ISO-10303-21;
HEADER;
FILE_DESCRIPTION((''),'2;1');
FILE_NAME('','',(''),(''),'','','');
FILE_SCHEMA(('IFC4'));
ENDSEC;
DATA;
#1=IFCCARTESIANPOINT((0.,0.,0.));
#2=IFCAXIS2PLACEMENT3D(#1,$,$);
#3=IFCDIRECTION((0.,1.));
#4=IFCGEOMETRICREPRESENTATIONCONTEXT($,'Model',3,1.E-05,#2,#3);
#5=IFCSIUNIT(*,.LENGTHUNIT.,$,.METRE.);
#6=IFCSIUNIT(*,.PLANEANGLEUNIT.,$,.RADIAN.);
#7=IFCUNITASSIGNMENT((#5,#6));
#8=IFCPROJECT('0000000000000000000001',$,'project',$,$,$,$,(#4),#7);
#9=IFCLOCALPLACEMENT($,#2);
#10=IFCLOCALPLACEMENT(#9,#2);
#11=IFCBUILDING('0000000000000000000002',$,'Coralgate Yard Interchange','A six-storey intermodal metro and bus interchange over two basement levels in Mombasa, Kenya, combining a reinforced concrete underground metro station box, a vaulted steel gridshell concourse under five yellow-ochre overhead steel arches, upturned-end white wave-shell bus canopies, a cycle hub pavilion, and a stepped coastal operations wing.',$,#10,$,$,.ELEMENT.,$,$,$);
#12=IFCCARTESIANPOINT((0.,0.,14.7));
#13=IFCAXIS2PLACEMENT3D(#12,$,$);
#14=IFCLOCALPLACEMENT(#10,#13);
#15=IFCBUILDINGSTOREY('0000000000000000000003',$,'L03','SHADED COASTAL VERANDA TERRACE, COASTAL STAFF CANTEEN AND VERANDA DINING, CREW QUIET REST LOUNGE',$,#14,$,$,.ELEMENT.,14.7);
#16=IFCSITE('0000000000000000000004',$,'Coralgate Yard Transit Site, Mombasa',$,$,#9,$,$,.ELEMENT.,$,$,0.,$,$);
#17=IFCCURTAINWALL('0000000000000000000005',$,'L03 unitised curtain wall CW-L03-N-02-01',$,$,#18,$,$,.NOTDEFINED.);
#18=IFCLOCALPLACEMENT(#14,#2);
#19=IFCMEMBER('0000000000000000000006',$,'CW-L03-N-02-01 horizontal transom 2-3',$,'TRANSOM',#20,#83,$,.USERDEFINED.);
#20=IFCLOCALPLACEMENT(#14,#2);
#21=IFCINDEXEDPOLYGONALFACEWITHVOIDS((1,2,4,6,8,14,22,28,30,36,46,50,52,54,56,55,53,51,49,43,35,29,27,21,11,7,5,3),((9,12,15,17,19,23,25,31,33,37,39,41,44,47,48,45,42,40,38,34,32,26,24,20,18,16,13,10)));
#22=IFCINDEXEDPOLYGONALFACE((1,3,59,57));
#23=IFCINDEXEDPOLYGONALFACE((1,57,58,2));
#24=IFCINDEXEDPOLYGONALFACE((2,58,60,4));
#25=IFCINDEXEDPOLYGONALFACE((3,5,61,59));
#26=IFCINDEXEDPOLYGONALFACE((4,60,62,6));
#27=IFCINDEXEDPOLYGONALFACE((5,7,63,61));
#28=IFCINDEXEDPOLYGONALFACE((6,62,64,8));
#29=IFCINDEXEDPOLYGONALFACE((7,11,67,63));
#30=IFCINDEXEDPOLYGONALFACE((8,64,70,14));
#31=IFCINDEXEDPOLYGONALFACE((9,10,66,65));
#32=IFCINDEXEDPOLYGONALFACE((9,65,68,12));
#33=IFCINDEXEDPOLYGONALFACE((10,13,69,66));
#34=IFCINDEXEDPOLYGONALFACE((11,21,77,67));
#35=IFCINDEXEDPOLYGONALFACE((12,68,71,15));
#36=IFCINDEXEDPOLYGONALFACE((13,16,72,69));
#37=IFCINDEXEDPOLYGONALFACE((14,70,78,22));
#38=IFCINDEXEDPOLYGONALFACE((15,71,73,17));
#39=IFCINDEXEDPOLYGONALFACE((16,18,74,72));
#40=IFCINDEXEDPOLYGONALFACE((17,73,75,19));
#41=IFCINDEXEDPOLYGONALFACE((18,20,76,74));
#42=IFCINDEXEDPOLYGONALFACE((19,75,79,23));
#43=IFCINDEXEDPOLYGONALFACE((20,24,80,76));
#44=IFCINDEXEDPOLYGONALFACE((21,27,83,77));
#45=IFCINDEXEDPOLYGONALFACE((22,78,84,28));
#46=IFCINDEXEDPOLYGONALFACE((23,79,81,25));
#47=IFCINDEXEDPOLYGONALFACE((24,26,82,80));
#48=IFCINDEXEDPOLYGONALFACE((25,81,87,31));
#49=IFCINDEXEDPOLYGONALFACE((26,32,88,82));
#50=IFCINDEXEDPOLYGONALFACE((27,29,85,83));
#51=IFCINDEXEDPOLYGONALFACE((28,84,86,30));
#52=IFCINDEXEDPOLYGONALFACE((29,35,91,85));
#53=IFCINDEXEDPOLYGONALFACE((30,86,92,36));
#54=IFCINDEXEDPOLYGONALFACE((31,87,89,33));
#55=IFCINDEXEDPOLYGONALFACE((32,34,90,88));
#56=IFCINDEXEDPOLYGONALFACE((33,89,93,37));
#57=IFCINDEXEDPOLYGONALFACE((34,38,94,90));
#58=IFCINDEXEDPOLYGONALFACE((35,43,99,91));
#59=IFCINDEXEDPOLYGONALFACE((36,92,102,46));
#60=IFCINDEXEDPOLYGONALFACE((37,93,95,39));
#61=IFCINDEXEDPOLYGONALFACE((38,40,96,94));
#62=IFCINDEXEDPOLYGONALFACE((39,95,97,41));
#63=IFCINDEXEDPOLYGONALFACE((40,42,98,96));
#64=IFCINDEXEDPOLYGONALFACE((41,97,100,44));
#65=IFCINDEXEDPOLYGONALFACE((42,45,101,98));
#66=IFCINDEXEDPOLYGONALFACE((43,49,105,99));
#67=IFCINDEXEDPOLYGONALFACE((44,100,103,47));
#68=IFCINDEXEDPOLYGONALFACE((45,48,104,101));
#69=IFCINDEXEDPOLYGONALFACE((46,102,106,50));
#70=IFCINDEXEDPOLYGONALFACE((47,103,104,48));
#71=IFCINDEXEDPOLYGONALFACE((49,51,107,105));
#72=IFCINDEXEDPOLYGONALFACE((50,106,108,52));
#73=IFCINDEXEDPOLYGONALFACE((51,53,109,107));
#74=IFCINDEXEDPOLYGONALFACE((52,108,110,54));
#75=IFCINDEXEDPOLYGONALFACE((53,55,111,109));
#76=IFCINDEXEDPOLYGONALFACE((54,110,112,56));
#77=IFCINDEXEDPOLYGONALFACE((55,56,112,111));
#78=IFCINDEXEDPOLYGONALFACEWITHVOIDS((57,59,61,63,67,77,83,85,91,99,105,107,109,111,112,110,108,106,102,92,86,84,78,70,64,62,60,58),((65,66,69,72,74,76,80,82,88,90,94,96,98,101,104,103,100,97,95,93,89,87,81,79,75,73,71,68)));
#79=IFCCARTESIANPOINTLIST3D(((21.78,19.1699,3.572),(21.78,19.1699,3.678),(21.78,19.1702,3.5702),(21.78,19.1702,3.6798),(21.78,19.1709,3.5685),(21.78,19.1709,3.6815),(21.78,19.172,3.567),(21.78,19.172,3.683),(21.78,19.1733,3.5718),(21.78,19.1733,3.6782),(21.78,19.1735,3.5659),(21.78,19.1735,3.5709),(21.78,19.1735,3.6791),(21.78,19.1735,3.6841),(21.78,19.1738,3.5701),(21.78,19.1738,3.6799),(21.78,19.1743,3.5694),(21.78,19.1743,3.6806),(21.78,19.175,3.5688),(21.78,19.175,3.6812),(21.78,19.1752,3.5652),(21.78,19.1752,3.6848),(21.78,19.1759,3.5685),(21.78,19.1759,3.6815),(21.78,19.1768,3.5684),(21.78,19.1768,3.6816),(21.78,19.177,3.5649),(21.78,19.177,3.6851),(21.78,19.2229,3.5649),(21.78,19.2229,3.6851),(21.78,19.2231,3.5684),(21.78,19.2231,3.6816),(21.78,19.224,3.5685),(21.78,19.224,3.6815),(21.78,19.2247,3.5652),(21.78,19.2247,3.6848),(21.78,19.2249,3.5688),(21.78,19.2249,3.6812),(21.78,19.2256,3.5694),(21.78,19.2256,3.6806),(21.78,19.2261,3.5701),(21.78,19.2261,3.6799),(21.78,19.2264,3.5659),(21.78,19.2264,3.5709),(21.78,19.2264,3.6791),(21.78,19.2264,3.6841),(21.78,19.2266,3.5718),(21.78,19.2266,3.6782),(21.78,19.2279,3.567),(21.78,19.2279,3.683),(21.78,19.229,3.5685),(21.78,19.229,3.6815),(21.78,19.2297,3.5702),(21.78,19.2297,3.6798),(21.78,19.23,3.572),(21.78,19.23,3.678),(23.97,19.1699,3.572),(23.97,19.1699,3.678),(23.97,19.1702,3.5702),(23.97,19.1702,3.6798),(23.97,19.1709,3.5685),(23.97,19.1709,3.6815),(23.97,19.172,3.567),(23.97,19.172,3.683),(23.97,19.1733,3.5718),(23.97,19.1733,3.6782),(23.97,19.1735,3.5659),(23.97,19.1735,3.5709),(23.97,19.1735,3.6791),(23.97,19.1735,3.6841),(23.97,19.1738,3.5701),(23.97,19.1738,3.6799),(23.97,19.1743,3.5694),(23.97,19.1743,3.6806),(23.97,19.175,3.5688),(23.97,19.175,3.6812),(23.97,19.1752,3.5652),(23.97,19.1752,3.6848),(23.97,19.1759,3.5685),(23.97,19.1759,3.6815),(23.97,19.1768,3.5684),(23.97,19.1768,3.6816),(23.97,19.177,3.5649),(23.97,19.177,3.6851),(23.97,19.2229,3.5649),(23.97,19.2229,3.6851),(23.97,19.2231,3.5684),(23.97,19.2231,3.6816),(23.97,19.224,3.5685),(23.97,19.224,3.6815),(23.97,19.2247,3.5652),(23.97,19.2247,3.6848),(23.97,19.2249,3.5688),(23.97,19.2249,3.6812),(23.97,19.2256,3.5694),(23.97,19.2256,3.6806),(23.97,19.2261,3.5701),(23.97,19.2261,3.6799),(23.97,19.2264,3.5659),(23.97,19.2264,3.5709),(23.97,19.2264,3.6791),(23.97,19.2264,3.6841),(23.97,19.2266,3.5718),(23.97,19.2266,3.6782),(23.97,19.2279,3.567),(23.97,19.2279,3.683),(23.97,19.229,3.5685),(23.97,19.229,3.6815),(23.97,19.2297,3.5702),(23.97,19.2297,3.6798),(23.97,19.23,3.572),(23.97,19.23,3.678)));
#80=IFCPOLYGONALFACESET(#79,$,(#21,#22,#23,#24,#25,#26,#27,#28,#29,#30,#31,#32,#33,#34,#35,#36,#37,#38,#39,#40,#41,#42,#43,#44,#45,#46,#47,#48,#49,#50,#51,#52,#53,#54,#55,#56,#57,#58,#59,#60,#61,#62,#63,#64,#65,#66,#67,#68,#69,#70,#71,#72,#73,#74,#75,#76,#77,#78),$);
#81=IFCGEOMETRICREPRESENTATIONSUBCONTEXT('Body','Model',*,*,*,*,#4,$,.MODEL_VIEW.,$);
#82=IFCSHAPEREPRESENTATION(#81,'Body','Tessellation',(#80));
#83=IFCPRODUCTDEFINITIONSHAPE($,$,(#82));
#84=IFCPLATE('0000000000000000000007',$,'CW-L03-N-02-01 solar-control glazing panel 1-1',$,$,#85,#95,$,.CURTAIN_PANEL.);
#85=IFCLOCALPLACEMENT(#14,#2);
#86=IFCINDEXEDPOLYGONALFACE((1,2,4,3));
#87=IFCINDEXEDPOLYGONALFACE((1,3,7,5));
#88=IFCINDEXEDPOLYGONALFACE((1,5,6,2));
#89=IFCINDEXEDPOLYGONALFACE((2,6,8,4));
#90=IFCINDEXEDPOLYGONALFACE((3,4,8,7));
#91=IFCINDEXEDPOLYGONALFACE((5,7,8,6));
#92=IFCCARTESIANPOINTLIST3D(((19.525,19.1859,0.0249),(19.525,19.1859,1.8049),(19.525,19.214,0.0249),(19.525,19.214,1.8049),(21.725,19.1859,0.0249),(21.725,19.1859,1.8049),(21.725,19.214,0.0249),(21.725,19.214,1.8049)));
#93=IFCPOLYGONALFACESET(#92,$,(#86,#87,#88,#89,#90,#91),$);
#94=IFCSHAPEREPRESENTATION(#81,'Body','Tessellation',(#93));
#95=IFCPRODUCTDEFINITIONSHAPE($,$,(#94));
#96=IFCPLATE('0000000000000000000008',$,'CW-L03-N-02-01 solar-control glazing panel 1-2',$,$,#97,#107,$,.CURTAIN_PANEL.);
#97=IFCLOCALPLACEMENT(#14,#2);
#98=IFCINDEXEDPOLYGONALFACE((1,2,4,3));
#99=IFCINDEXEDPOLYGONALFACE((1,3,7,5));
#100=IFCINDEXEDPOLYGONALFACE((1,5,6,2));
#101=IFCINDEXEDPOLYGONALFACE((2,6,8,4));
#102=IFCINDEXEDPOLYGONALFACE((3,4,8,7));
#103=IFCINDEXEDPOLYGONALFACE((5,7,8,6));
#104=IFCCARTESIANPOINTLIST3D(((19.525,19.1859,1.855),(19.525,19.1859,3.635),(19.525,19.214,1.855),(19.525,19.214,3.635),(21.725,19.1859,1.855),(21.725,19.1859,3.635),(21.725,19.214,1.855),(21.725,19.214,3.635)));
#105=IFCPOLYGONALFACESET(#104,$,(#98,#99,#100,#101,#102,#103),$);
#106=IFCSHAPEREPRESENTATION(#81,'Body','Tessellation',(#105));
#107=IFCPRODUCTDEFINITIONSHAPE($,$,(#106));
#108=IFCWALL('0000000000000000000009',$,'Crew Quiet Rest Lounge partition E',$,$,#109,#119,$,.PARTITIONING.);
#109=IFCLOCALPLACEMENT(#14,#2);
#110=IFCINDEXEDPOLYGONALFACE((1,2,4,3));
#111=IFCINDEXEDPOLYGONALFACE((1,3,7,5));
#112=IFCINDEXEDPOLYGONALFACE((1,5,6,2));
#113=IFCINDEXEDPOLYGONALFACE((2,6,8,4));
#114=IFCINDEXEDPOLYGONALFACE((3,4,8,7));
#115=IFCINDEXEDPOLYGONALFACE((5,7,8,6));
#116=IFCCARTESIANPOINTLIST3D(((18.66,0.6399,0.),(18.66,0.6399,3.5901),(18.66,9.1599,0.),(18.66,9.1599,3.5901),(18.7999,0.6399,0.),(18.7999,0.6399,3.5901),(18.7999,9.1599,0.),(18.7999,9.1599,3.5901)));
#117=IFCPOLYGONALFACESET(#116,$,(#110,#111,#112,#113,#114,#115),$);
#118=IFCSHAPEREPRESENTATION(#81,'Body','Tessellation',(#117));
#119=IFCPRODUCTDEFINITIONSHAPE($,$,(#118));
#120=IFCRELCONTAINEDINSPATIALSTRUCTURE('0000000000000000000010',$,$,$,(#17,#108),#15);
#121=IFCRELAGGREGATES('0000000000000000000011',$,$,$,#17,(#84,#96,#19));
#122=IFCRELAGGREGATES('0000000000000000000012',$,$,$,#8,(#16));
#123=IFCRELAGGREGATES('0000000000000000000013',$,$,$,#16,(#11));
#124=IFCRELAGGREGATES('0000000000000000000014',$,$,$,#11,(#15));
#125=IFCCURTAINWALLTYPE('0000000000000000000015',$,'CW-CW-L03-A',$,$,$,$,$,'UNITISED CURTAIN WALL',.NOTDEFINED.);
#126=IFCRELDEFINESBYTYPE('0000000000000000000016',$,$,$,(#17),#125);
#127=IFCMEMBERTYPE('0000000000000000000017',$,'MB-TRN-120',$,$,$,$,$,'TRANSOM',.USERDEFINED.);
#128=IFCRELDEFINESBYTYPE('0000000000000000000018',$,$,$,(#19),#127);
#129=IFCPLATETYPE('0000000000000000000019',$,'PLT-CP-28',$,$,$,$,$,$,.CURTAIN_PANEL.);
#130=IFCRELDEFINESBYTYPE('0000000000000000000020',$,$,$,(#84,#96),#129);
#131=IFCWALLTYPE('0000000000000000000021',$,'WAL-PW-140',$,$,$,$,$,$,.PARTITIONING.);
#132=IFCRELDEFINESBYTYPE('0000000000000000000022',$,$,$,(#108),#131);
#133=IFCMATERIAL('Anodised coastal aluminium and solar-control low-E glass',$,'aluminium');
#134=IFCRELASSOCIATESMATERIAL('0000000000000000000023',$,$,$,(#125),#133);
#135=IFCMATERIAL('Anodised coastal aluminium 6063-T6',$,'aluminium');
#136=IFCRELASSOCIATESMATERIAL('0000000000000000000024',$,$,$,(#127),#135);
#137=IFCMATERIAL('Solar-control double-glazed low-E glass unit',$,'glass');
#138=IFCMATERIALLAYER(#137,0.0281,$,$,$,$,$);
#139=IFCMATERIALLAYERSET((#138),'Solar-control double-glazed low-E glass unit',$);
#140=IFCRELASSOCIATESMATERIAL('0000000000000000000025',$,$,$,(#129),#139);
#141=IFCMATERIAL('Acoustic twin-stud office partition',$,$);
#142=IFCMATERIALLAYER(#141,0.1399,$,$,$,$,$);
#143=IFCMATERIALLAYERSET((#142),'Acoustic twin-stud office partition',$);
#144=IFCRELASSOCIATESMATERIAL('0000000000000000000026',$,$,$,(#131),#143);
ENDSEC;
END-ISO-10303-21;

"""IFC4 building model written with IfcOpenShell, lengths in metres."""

from ifc_helpers import new_model, si_unit, direction, frame, frame_2d, origin, origin_2d, place, context, subcontext, project, spatial, rectangle, hollow_rectangle, extrude, material, layer, layer_set, material_profile, profile_set, type_object, element, aggregate, save


model = new_model("IFC4")

# Units and contexts
model_context = context("Model", 3, precision=1e-05, world=origin(), true_north=direction((0.0, 1.0)))
body_context = subcontext(model_context, "Body", "Model", "MODEL_VIEW")
ifc_project = project(units=[si_unit("LENGTHUNIT", "METRE"), si_unit("PLANEANGLEUNIT", "RADIAN")], contexts=[model_context])

# Site, building, storey
site_placement = place(None, origin())
site = spatial("IfcSite", under=ifc_project, at=site_placement, Name="Coralgate Yard Transit Site, Mombasa", CompositionType="ELEMENT", RefElevation=0.0)
building_placement = place(site_placement, origin())
building = spatial("IfcBuilding", under=site, at=building_placement, Name="Coralgate Yard Interchange", Description="A six-storey intermodal metro and bus interchange over two basement levels in Mombasa, Kenya, combining a reinforced concrete underground metro station box, a vaulted steel gridshell concourse under five yellow-ochre overhead steel arches, upturned-end white wave-shell bus canopies, a cycle hub pavilion, and a stepped coastal operations wing.", CompositionType="ELEMENT")
storey_placement = place(building_placement, frame((0.0, 0.0, 14.7)))
storey = spatial("IfcBuildingStorey", under=building, at=storey_placement, Name="L03", Description="SHADED COASTAL VERANDA TERRACE, COASTAL STAFF CANTEEN AND VERANDA DINING, CREW QUIET REST LOUNGE", CompositionType="ELEMENT", Elevation=14.7)

# Curtain wall, member, plates
ifc_material_1 = material(Name="Anodised coastal aluminium and solar-control low-E glass", Category="aluminium")
curtain_wall_type = type_object("IfcCurtainWallType", Name="CW-CW-L03-A", ElementType="UNITISED CURTAIN WALL", PredefinedType="NOTDEFINED", material=ifc_material_1)
curtain_wall_placement = place(storey_placement, origin())
curtain_wall = element("IfcCurtainWall", 1, at=curtain_wall_placement, inside=storey, type_object=curtain_wall_type, Name="L03 unitised curtain wall CW-L03-N-02-01", PredefinedType="NOTDEFINED")
ifc_material_2 = material(Name="Anodised coastal aluminium 6063-T6", Category="aluminium")
ifc_material_profile_1 = material_profile(ifc_material_2, hollow_rectangle(XDim=0.0601, YDim=0.1201, WallThickness=0.0034, InnerFilletRadius=0.0034, OuterFilletRadius=0.0071, at=origin_2d()), Name="ALU 60x120x3.5")
ifc_profile_set_1 = profile_set([ifc_material_profile_1], Name="Anodised coastal aluminium 6063-T6")
member_type_1 = type_object("IfcMemberType", Name="MB-TRN-120", ElementType="TRANSOM", PredefinedType="USERDEFINED", material=ifc_profile_set_1)
member_1_placement = place(storey_placement, frame((21.78, 19.2, 3.625), z_axis=(1.0, 0.0, 0.0), x_axis=(0.0, 1.0, 0.0)))
member_1 = element("IfcMember", 2, at=member_1_placement, type_object=member_type_1, Name="CW-L03-N-02-01 horizontal transom 2-3", ObjectType="TRANSOM", PredefinedType="USERDEFINED", context=body_context, shape_type="SweptSolid", body=[
    extrude(hollow_rectangle(XDim=0.0601, YDim=0.1201, WallThickness=0.0034, InnerFilletRadius=0.0034, OuterFilletRadius=0.0071, at=origin_2d()), origin(), (0.0, 0.0, 1.0), 2.1899),
])
ifc_material_3 = material(Name="Solar-control double-glazed low-E glass unit", Category="glass")
ifc_layer_1 = layer(ifc_material_3, 0.0281)
ifc_layer_set_1 = layer_set([ifc_layer_1], Name="Solar-control double-glazed low-E glass unit")
plate_type = type_object("IfcPlateType", Name="PLT-CP-28", PredefinedType="CURTAIN_PANEL", material=ifc_layer_set_1)
plate_1_placement = place(storey_placement, frame((20.625, 19.2, 0.0249), z_axis=(0.0, 0.0, 1.0), x_axis=(1.0, 0.0, 0.0)))
plate_1 = element("IfcPlate", 3, at=plate_1_placement, type_object=plate_type, Name="CW-L03-N-02-01 solar-control glazing panel 1-1", PredefinedType="CURTAIN_PANEL", context=body_context, shape_type="SweptSolid", body=[
    extrude(rectangle(XDim=2.2, YDim=0.0281, at=origin_2d()), origin(), (0.0, 0.0, 1.0), 1.78),
])
plate_2_placement = place(storey_placement, frame((20.625, 19.2, 1.855), z_axis=(0.0, 0.0, 1.0), x_axis=(1.0, 0.0, 0.0)))
plate_2 = element("IfcPlate", 4, at=plate_2_placement, type_object=plate_type, Name="CW-L03-N-02-01 solar-control glazing panel 1-2", PredefinedType="CURTAIN_PANEL", context=body_context, shape_type="SweptSolid", body=[
    extrude(rectangle(XDim=2.2, YDim=0.0281, at=origin_2d()), origin(), (0.0, 0.0, 1.0), 1.78),
])
aggregate(curtain_wall, [plate_1, plate_2, member_1])

# Wall
ifc_material_4 = material(Name="Acoustic twin-stud office partition")
ifc_layer_2 = layer(ifc_material_4, 0.1399)
ifc_layer_set_2 = layer_set([ifc_layer_2], Name="Acoustic twin-stud office partition")
wall_type = type_object("IfcWallType", Name="WAL-PW-140", PredefinedType="PARTITIONING", material=ifc_layer_set_2)
wall_placement = place(storey_placement, frame((18.73, 9.1599, 0.0), z_axis=(0.0, 0.0, 1.0), x_axis=(0.0, -1.0, 0.0)))
element("IfcWall", 5, at=wall_placement, inside=storey, type_object=wall_type, Name="Crew Quiet Rest Lounge partition E", PredefinedType="PARTITIONING", context=body_context, shape_type="SweptSolid", body=[
    extrude(rectangle(XDim=8.52, YDim=0.1399, at=frame_2d((4.26, 0.0))), origin(), (0.0, 0.0, 1.0), 3.5901),
])

save(model, "model.ifc")
